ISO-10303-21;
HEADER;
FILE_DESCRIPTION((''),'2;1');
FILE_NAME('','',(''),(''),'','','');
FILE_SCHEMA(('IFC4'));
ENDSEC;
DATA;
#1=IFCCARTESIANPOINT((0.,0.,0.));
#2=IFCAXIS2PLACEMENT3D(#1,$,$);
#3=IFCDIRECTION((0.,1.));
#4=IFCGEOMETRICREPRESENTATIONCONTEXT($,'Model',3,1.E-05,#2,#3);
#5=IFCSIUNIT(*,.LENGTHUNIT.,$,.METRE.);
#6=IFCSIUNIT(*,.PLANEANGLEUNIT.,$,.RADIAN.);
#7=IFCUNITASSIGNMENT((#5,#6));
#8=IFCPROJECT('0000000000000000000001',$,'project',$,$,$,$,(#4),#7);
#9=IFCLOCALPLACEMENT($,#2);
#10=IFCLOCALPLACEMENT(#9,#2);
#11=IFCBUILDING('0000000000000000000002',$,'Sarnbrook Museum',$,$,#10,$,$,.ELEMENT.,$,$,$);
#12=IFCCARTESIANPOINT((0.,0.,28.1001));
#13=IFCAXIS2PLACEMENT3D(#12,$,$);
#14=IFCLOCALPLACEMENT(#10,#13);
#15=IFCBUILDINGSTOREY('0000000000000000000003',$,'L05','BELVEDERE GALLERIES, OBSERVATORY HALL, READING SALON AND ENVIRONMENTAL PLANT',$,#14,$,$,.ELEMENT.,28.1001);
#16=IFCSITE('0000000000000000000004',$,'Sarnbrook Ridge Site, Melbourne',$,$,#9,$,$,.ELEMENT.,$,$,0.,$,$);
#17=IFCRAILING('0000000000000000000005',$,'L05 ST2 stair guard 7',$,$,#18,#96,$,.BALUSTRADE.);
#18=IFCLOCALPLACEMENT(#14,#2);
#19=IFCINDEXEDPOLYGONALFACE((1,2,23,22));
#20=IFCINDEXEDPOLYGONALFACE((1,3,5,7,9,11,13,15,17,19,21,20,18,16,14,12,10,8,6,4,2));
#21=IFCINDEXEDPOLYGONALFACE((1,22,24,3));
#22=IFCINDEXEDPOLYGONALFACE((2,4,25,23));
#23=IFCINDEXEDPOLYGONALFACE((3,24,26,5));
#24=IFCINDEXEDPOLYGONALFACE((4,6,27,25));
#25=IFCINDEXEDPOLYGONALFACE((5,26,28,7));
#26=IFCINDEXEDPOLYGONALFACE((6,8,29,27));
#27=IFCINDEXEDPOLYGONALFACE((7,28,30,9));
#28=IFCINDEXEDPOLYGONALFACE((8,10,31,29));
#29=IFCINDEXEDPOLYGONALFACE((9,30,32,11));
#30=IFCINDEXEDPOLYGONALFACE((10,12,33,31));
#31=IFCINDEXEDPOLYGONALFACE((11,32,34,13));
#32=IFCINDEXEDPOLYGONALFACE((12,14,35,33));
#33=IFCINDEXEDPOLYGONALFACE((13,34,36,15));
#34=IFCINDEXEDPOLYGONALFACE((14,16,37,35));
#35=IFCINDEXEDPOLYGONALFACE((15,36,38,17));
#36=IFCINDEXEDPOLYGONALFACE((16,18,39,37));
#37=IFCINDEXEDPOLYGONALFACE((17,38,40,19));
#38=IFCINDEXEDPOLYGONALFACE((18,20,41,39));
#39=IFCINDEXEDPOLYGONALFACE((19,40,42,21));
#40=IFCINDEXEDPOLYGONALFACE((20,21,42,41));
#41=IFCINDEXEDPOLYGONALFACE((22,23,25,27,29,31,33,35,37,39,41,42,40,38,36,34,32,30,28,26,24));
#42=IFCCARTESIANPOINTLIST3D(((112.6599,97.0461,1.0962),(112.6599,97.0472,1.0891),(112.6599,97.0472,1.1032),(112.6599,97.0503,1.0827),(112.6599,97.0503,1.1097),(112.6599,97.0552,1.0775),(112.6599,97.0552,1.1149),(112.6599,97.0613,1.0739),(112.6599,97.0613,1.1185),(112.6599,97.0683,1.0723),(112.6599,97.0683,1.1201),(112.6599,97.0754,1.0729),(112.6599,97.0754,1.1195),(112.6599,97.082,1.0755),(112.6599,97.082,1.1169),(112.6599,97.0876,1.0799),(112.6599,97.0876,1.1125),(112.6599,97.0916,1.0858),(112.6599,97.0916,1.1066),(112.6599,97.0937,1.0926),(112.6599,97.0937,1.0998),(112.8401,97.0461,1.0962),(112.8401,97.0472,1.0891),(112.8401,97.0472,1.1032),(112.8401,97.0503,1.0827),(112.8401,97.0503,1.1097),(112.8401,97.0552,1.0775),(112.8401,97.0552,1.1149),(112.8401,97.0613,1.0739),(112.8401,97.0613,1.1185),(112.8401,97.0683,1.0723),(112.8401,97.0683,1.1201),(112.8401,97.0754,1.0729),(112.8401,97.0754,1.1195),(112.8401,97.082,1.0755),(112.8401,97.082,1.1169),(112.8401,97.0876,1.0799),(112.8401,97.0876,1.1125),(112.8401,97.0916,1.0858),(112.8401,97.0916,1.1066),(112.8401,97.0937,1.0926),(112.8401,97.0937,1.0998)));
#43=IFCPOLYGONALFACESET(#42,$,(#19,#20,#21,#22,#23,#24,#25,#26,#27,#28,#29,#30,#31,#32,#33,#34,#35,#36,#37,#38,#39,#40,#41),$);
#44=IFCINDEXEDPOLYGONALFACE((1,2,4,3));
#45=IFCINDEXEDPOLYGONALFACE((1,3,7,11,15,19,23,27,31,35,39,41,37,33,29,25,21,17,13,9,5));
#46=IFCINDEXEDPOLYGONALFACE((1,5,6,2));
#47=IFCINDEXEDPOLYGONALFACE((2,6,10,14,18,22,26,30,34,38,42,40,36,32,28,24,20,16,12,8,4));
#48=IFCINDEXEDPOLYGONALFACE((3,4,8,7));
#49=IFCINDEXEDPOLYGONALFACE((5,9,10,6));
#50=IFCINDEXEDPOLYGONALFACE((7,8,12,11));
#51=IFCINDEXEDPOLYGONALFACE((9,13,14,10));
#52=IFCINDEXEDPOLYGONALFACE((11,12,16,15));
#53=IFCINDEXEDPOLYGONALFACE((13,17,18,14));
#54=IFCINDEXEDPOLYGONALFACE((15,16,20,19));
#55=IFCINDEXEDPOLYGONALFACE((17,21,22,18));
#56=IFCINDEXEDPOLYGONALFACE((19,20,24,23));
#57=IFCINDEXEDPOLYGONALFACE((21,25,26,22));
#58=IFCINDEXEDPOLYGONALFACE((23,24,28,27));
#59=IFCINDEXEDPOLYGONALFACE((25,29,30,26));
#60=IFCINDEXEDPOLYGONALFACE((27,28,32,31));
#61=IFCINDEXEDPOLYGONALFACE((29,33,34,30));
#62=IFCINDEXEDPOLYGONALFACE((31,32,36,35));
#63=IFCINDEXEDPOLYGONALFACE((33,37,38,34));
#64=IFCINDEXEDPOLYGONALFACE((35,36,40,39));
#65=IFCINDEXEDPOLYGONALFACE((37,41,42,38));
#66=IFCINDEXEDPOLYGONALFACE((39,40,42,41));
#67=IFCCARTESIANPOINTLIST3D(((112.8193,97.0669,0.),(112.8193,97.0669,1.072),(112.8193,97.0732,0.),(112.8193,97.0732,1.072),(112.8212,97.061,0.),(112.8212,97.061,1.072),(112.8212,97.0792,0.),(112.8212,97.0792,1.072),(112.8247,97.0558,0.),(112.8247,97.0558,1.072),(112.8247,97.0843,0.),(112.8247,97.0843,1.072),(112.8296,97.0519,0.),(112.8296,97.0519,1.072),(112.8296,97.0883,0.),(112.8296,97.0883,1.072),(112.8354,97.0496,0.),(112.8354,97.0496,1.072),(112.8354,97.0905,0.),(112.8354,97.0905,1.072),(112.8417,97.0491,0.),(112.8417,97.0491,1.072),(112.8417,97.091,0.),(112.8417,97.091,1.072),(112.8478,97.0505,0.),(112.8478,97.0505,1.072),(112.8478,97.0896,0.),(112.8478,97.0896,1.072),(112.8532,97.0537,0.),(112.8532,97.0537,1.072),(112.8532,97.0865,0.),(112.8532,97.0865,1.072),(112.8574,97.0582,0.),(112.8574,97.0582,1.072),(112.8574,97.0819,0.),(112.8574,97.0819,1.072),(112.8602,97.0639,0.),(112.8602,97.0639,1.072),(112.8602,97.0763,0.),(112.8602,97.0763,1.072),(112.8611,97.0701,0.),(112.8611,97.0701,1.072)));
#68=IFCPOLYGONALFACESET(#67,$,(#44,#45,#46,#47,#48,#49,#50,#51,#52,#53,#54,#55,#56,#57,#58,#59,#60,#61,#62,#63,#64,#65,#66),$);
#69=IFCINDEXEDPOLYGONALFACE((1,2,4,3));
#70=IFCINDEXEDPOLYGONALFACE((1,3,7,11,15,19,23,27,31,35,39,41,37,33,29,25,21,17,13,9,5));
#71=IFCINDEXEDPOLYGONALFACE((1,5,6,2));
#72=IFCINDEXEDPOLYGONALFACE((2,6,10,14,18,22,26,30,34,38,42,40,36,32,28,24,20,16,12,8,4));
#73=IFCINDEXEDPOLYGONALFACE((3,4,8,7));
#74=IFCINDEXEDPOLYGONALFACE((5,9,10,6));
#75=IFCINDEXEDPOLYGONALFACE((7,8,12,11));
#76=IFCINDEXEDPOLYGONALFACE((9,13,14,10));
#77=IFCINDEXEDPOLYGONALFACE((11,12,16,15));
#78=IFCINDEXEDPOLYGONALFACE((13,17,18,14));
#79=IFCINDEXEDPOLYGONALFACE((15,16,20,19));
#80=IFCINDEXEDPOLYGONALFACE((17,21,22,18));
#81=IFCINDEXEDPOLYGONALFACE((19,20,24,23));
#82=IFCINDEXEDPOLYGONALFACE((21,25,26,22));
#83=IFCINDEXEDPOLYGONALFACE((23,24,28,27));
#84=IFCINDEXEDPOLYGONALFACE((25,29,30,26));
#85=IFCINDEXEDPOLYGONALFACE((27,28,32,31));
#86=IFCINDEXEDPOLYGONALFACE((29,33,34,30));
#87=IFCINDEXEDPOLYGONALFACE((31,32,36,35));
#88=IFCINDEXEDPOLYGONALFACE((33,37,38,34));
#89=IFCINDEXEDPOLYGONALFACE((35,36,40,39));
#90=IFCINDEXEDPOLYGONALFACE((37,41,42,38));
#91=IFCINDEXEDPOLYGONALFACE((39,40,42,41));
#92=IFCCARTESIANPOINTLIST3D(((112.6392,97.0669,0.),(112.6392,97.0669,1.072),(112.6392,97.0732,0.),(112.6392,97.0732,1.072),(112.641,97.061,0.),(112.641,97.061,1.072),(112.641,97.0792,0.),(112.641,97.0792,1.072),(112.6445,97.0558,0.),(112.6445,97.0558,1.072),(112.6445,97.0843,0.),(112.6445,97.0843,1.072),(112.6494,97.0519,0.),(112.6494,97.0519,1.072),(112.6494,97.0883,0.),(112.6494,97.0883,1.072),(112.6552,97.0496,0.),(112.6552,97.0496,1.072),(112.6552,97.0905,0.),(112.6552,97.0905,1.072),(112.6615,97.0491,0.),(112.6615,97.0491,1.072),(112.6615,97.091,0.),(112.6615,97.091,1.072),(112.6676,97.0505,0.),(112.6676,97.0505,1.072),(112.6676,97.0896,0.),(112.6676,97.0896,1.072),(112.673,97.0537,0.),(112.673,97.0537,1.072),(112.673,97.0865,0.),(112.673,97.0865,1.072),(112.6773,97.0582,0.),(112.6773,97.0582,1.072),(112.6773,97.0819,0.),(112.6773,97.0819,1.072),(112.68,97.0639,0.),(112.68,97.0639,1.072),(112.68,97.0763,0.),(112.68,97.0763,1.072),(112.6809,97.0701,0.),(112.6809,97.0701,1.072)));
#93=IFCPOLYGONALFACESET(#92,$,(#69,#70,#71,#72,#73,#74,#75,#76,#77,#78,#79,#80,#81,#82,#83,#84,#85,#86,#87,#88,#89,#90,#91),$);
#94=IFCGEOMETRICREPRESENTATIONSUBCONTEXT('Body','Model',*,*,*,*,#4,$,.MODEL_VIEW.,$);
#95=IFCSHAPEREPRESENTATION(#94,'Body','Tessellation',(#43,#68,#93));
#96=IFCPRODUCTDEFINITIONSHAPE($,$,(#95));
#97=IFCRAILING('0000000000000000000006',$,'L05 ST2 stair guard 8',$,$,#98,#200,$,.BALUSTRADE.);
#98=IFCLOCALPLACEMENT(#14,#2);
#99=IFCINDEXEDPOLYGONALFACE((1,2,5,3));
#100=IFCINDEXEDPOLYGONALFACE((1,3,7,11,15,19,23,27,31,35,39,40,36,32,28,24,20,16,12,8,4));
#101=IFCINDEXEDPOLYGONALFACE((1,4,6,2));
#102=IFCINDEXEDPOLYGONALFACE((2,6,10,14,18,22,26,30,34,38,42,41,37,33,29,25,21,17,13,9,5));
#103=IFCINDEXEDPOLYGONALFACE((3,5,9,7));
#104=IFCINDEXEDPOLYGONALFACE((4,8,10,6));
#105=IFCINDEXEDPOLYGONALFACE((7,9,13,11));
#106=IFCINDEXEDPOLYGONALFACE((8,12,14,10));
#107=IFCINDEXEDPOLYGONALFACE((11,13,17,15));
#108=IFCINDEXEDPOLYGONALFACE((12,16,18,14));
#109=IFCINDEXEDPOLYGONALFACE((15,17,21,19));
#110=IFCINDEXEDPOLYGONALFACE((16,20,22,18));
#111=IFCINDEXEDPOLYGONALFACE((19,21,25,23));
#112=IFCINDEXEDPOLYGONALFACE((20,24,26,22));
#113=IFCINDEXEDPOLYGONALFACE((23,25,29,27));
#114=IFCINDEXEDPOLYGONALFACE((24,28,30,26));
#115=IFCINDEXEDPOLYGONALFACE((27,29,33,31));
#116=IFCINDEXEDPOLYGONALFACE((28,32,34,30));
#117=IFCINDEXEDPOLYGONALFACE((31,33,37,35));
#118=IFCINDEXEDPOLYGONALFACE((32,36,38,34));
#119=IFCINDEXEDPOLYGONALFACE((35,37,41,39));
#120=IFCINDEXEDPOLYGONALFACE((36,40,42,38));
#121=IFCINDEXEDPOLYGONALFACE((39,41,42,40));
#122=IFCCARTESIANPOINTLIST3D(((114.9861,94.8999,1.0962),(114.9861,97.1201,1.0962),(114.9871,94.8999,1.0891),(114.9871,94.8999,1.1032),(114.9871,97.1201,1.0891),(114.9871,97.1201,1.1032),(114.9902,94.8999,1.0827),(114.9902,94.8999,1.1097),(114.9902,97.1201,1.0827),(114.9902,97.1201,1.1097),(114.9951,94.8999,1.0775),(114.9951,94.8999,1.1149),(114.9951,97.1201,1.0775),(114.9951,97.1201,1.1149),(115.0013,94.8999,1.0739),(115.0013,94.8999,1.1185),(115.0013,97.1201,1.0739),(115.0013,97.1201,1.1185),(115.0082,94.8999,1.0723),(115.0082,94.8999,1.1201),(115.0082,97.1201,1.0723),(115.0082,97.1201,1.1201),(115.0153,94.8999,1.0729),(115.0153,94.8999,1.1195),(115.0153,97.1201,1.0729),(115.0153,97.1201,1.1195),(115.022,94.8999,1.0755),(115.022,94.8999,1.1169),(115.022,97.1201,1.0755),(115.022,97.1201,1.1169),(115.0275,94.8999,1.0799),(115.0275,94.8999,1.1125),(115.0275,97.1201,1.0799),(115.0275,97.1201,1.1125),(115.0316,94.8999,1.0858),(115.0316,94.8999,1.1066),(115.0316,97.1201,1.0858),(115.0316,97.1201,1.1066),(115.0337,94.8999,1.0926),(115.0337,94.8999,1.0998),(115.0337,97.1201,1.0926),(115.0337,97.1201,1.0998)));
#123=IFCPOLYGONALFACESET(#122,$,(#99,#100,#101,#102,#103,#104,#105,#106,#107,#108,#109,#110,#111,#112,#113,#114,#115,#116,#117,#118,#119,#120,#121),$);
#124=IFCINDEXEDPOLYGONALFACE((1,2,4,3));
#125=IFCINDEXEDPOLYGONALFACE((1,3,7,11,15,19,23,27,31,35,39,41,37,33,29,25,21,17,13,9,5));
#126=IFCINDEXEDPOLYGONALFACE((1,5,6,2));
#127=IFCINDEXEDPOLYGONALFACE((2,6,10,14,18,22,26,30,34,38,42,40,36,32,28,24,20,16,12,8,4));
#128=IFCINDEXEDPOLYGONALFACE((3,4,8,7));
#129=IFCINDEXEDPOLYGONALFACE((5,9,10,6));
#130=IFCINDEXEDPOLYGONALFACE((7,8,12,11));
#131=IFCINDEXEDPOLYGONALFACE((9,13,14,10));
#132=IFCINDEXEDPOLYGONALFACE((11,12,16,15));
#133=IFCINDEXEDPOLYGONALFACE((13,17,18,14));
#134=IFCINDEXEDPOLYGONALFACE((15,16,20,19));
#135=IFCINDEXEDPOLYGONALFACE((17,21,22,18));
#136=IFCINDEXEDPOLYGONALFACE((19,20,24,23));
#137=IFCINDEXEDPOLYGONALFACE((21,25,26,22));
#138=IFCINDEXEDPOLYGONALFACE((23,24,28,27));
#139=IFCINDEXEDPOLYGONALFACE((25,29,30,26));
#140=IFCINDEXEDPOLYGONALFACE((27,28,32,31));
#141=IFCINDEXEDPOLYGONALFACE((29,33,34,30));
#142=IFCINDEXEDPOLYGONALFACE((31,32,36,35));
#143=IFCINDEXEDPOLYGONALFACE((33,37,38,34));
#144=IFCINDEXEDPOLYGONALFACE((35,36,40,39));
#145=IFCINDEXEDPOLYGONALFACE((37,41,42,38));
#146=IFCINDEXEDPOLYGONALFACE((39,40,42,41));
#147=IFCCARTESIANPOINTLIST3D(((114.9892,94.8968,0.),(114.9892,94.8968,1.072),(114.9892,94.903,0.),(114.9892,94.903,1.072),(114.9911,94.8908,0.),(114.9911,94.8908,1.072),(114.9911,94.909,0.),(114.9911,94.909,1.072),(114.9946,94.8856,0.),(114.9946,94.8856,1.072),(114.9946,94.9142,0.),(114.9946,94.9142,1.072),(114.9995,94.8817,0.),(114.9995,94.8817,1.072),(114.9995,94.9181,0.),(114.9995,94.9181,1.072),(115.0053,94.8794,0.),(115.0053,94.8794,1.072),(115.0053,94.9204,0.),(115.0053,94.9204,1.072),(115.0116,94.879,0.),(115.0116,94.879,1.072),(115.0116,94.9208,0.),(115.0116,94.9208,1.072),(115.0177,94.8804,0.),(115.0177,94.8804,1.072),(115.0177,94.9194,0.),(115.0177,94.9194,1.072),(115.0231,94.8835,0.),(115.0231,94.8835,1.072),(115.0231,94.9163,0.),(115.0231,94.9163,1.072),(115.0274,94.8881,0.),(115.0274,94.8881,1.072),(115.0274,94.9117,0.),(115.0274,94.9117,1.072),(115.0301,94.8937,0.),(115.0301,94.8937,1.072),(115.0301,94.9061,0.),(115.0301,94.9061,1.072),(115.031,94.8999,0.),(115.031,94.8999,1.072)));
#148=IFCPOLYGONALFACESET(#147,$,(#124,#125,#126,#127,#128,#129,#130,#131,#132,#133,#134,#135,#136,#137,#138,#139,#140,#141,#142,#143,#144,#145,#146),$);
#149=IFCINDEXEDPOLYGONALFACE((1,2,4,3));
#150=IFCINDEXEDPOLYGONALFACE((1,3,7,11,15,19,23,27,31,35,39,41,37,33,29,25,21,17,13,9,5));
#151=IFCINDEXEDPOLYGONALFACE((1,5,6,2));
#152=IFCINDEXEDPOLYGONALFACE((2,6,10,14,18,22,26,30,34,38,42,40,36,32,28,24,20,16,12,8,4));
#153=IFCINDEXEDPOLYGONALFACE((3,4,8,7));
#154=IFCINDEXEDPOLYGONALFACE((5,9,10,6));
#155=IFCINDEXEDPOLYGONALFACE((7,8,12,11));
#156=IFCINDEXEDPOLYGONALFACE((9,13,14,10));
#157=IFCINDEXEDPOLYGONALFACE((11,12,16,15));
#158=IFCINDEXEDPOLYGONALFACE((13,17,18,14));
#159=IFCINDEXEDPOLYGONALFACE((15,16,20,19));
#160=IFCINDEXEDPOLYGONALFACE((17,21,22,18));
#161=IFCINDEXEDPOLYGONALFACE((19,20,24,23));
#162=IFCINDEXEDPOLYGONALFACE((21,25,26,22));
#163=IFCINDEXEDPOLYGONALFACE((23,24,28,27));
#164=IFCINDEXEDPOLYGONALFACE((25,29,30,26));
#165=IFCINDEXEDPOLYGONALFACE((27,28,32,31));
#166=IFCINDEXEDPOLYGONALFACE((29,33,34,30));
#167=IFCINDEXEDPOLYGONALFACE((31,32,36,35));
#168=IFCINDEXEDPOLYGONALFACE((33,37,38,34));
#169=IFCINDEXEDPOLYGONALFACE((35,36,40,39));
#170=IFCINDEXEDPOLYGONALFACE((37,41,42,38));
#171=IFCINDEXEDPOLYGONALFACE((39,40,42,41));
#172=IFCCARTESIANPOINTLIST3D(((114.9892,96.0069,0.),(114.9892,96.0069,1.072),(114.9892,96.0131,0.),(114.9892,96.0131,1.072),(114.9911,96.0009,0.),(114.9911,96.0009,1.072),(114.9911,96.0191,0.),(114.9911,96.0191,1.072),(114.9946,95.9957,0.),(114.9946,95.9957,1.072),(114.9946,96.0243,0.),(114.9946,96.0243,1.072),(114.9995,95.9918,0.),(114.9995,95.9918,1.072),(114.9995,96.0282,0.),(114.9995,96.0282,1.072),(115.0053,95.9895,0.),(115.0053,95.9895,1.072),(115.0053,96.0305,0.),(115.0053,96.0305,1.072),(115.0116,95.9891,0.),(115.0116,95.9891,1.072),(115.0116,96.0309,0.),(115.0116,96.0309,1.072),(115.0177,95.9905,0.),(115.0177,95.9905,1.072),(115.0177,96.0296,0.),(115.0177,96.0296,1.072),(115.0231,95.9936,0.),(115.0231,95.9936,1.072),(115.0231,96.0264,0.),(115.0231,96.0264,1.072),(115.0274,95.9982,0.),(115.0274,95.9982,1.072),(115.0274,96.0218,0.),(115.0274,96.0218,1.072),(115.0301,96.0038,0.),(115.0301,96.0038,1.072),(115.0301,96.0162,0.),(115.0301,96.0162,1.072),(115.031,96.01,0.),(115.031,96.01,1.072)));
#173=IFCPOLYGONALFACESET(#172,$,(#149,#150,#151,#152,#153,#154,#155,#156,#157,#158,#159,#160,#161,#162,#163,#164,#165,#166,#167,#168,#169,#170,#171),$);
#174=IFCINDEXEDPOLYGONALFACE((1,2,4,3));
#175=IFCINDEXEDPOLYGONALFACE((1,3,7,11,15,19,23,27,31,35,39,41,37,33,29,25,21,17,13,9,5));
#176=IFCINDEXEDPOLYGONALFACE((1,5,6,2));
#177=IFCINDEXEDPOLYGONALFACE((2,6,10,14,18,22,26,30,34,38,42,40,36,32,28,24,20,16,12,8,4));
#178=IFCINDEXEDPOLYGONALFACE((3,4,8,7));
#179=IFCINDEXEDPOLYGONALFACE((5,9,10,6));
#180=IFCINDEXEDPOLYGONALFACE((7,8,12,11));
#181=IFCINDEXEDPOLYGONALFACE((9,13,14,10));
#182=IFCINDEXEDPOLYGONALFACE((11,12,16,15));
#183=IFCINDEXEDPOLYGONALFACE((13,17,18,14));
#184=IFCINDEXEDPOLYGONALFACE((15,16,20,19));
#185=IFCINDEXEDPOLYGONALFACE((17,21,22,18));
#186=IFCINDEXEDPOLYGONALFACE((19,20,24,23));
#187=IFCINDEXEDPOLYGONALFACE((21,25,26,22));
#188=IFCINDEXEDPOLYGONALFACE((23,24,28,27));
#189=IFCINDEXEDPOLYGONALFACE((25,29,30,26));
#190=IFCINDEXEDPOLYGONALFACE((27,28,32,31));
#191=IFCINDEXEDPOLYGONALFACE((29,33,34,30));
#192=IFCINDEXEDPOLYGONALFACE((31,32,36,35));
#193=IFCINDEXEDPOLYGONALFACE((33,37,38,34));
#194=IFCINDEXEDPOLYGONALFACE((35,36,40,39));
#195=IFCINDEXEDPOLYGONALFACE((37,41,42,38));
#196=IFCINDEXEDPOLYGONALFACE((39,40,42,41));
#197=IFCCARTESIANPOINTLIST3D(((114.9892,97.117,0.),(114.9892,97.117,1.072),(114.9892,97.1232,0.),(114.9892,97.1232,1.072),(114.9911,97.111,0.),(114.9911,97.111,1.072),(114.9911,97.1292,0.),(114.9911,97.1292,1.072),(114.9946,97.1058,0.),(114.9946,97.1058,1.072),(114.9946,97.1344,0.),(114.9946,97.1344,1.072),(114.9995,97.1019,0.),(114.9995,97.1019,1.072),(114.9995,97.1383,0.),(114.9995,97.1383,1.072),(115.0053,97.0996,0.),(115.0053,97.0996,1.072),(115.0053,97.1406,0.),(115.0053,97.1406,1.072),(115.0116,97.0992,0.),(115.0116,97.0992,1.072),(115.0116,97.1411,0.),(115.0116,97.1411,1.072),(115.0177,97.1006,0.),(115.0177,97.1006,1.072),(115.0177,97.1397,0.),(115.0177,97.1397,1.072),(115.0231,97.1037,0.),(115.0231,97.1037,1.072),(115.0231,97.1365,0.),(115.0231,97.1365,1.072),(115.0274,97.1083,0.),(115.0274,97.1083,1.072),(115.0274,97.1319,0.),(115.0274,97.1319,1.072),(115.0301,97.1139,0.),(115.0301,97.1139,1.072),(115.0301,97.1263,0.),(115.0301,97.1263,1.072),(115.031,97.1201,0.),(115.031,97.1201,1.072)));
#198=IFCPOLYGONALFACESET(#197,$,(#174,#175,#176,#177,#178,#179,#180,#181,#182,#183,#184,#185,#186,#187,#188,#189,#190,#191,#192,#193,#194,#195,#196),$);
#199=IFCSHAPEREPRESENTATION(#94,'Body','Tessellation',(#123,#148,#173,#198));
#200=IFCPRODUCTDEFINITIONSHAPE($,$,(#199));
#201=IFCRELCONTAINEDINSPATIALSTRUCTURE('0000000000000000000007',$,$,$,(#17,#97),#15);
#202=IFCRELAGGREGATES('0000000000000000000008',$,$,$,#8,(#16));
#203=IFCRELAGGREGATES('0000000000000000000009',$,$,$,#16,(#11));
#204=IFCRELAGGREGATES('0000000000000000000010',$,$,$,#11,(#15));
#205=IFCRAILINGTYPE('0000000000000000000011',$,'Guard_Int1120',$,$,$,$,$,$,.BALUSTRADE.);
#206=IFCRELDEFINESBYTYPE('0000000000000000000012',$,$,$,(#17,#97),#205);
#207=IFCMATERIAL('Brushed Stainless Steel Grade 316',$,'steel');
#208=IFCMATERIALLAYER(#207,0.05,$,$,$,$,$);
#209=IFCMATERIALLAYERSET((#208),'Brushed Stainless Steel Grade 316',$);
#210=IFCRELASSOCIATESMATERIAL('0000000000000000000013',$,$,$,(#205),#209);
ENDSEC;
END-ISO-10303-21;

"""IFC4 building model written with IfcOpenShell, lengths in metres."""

from ifc_helpers import new_model, si_unit, direction, frame, origin, origin_2d, place, context, subcontext, project, spatial, circle, extrude, material, layer, layer_set, type_object, element, save


model = new_model("IFC4")

# Units and contexts
model_context = context("Model", 3, precision=1e-05, world=origin(), true_north=direction((0.0, 1.0)))
body_context = subcontext(model_context, "Body", "Model", "MODEL_VIEW")
ifc_project = project(units=[si_unit("LENGTHUNIT", "METRE"), si_unit("PLANEANGLEUNIT", "RADIAN")], contexts=[model_context])

# Site, building, storey
site_placement = place(None, origin())
site = spatial("IfcSite", under=ifc_project, at=site_placement, Name="Sarnbrook Ridge Site, Melbourne", CompositionType="ELEMENT", RefElevation=0.0)
building_placement = place(site_placement, origin())
building = spatial("IfcBuilding", under=site, at=building_placement, Name="Sarnbrook Museum", CompositionType="ELEMENT")
storey_placement = place(building_placement, frame((0.0, 0.0, 28.1001)))
storey = spatial("IfcBuildingStorey", under=building, at=storey_placement, Name="L05", Description="BELVEDERE GALLERIES, OBSERVATORY HALL, READING SALON AND ENVIRONMENTAL PLANT", CompositionType="ELEMENT", Elevation=28.1001)

# Railings
ifc_material_1 = material(Name="Brushed Stainless Steel Grade 316", Category="steel")
ifc_layer_1 = layer(ifc_material_1, 0.05)
ifc_layer_set_1 = layer_set([ifc_layer_1], Name="Brushed Stainless Steel Grade 316")
railing_type_1 = type_object("IfcRailingType", Name="Guard_Int1120", PredefinedType="BALUSTRADE", material=ifc_layer_set_1)
railing_1_placement = place(storey_placement, frame((112.8401, 97.0701, 0.0)))
element("IfcRailing", 1, at=railing_1_placement, inside=storey, type_object=railing_type_1, Name="L05 ST2 stair guard 7", PredefinedType="BALUSTRADE", context=body_context, shape_type="SweptSolid", body=[
    extrude(circle(Radius=0.0239, at=origin_2d()), frame((0.0, 0.0, 1.0962), z_axis=(-1.0, 0.0, 0.0), x_axis=(0.0, -1.0, 0.0)), (0.0, 0.0, 1.0), 0.1802),
    extrude(circle(Radius=0.021, at=origin_2d()), origin(), (0.0, 0.0, 1.0), 1.072),
    extrude(circle(Radius=0.021, at=origin_2d()), frame((-0.1802, 0.0, 0.0)), (0.0, 0.0, 1.0), 1.072),
])
for number, where, name in (
    (2, (115.01, 94.8999, 0.0), "L05 ST2 stair guard 8"),
):
    element("IfcRailing", number, at=place(storey_placement, frame(where)), inside=storey, type_object=railing_type_1, Name=name, PredefinedType="BALUSTRADE", context=body_context, shape_type="SweptSolid", body=[
        extrude(circle(Radius=0.0239, at=origin_2d()), frame((0.0, 0.0, 1.0962), z_axis=(0.0, 1.0, 0.0), x_axis=(-1.0, 0.0, 0.0)), (0.0, 0.0, 1.0), 2.2202),
        extrude(circle(Radius=0.021, at=origin_2d()), origin(), (0.0, 0.0, 1.0), 1.072),
        extrude(circle(Radius=0.021, at=origin_2d()), frame((0.0, 1.1101, 0.0)), (0.0, 0.0, 1.0), 1.072),
        extrude(circle(Radius=0.021, at=origin_2d()), frame((0.0, 2.2202, 0.0)), (0.0, 0.0, 1.0), 1.072),
    ])

save(model, "model.ifc")
